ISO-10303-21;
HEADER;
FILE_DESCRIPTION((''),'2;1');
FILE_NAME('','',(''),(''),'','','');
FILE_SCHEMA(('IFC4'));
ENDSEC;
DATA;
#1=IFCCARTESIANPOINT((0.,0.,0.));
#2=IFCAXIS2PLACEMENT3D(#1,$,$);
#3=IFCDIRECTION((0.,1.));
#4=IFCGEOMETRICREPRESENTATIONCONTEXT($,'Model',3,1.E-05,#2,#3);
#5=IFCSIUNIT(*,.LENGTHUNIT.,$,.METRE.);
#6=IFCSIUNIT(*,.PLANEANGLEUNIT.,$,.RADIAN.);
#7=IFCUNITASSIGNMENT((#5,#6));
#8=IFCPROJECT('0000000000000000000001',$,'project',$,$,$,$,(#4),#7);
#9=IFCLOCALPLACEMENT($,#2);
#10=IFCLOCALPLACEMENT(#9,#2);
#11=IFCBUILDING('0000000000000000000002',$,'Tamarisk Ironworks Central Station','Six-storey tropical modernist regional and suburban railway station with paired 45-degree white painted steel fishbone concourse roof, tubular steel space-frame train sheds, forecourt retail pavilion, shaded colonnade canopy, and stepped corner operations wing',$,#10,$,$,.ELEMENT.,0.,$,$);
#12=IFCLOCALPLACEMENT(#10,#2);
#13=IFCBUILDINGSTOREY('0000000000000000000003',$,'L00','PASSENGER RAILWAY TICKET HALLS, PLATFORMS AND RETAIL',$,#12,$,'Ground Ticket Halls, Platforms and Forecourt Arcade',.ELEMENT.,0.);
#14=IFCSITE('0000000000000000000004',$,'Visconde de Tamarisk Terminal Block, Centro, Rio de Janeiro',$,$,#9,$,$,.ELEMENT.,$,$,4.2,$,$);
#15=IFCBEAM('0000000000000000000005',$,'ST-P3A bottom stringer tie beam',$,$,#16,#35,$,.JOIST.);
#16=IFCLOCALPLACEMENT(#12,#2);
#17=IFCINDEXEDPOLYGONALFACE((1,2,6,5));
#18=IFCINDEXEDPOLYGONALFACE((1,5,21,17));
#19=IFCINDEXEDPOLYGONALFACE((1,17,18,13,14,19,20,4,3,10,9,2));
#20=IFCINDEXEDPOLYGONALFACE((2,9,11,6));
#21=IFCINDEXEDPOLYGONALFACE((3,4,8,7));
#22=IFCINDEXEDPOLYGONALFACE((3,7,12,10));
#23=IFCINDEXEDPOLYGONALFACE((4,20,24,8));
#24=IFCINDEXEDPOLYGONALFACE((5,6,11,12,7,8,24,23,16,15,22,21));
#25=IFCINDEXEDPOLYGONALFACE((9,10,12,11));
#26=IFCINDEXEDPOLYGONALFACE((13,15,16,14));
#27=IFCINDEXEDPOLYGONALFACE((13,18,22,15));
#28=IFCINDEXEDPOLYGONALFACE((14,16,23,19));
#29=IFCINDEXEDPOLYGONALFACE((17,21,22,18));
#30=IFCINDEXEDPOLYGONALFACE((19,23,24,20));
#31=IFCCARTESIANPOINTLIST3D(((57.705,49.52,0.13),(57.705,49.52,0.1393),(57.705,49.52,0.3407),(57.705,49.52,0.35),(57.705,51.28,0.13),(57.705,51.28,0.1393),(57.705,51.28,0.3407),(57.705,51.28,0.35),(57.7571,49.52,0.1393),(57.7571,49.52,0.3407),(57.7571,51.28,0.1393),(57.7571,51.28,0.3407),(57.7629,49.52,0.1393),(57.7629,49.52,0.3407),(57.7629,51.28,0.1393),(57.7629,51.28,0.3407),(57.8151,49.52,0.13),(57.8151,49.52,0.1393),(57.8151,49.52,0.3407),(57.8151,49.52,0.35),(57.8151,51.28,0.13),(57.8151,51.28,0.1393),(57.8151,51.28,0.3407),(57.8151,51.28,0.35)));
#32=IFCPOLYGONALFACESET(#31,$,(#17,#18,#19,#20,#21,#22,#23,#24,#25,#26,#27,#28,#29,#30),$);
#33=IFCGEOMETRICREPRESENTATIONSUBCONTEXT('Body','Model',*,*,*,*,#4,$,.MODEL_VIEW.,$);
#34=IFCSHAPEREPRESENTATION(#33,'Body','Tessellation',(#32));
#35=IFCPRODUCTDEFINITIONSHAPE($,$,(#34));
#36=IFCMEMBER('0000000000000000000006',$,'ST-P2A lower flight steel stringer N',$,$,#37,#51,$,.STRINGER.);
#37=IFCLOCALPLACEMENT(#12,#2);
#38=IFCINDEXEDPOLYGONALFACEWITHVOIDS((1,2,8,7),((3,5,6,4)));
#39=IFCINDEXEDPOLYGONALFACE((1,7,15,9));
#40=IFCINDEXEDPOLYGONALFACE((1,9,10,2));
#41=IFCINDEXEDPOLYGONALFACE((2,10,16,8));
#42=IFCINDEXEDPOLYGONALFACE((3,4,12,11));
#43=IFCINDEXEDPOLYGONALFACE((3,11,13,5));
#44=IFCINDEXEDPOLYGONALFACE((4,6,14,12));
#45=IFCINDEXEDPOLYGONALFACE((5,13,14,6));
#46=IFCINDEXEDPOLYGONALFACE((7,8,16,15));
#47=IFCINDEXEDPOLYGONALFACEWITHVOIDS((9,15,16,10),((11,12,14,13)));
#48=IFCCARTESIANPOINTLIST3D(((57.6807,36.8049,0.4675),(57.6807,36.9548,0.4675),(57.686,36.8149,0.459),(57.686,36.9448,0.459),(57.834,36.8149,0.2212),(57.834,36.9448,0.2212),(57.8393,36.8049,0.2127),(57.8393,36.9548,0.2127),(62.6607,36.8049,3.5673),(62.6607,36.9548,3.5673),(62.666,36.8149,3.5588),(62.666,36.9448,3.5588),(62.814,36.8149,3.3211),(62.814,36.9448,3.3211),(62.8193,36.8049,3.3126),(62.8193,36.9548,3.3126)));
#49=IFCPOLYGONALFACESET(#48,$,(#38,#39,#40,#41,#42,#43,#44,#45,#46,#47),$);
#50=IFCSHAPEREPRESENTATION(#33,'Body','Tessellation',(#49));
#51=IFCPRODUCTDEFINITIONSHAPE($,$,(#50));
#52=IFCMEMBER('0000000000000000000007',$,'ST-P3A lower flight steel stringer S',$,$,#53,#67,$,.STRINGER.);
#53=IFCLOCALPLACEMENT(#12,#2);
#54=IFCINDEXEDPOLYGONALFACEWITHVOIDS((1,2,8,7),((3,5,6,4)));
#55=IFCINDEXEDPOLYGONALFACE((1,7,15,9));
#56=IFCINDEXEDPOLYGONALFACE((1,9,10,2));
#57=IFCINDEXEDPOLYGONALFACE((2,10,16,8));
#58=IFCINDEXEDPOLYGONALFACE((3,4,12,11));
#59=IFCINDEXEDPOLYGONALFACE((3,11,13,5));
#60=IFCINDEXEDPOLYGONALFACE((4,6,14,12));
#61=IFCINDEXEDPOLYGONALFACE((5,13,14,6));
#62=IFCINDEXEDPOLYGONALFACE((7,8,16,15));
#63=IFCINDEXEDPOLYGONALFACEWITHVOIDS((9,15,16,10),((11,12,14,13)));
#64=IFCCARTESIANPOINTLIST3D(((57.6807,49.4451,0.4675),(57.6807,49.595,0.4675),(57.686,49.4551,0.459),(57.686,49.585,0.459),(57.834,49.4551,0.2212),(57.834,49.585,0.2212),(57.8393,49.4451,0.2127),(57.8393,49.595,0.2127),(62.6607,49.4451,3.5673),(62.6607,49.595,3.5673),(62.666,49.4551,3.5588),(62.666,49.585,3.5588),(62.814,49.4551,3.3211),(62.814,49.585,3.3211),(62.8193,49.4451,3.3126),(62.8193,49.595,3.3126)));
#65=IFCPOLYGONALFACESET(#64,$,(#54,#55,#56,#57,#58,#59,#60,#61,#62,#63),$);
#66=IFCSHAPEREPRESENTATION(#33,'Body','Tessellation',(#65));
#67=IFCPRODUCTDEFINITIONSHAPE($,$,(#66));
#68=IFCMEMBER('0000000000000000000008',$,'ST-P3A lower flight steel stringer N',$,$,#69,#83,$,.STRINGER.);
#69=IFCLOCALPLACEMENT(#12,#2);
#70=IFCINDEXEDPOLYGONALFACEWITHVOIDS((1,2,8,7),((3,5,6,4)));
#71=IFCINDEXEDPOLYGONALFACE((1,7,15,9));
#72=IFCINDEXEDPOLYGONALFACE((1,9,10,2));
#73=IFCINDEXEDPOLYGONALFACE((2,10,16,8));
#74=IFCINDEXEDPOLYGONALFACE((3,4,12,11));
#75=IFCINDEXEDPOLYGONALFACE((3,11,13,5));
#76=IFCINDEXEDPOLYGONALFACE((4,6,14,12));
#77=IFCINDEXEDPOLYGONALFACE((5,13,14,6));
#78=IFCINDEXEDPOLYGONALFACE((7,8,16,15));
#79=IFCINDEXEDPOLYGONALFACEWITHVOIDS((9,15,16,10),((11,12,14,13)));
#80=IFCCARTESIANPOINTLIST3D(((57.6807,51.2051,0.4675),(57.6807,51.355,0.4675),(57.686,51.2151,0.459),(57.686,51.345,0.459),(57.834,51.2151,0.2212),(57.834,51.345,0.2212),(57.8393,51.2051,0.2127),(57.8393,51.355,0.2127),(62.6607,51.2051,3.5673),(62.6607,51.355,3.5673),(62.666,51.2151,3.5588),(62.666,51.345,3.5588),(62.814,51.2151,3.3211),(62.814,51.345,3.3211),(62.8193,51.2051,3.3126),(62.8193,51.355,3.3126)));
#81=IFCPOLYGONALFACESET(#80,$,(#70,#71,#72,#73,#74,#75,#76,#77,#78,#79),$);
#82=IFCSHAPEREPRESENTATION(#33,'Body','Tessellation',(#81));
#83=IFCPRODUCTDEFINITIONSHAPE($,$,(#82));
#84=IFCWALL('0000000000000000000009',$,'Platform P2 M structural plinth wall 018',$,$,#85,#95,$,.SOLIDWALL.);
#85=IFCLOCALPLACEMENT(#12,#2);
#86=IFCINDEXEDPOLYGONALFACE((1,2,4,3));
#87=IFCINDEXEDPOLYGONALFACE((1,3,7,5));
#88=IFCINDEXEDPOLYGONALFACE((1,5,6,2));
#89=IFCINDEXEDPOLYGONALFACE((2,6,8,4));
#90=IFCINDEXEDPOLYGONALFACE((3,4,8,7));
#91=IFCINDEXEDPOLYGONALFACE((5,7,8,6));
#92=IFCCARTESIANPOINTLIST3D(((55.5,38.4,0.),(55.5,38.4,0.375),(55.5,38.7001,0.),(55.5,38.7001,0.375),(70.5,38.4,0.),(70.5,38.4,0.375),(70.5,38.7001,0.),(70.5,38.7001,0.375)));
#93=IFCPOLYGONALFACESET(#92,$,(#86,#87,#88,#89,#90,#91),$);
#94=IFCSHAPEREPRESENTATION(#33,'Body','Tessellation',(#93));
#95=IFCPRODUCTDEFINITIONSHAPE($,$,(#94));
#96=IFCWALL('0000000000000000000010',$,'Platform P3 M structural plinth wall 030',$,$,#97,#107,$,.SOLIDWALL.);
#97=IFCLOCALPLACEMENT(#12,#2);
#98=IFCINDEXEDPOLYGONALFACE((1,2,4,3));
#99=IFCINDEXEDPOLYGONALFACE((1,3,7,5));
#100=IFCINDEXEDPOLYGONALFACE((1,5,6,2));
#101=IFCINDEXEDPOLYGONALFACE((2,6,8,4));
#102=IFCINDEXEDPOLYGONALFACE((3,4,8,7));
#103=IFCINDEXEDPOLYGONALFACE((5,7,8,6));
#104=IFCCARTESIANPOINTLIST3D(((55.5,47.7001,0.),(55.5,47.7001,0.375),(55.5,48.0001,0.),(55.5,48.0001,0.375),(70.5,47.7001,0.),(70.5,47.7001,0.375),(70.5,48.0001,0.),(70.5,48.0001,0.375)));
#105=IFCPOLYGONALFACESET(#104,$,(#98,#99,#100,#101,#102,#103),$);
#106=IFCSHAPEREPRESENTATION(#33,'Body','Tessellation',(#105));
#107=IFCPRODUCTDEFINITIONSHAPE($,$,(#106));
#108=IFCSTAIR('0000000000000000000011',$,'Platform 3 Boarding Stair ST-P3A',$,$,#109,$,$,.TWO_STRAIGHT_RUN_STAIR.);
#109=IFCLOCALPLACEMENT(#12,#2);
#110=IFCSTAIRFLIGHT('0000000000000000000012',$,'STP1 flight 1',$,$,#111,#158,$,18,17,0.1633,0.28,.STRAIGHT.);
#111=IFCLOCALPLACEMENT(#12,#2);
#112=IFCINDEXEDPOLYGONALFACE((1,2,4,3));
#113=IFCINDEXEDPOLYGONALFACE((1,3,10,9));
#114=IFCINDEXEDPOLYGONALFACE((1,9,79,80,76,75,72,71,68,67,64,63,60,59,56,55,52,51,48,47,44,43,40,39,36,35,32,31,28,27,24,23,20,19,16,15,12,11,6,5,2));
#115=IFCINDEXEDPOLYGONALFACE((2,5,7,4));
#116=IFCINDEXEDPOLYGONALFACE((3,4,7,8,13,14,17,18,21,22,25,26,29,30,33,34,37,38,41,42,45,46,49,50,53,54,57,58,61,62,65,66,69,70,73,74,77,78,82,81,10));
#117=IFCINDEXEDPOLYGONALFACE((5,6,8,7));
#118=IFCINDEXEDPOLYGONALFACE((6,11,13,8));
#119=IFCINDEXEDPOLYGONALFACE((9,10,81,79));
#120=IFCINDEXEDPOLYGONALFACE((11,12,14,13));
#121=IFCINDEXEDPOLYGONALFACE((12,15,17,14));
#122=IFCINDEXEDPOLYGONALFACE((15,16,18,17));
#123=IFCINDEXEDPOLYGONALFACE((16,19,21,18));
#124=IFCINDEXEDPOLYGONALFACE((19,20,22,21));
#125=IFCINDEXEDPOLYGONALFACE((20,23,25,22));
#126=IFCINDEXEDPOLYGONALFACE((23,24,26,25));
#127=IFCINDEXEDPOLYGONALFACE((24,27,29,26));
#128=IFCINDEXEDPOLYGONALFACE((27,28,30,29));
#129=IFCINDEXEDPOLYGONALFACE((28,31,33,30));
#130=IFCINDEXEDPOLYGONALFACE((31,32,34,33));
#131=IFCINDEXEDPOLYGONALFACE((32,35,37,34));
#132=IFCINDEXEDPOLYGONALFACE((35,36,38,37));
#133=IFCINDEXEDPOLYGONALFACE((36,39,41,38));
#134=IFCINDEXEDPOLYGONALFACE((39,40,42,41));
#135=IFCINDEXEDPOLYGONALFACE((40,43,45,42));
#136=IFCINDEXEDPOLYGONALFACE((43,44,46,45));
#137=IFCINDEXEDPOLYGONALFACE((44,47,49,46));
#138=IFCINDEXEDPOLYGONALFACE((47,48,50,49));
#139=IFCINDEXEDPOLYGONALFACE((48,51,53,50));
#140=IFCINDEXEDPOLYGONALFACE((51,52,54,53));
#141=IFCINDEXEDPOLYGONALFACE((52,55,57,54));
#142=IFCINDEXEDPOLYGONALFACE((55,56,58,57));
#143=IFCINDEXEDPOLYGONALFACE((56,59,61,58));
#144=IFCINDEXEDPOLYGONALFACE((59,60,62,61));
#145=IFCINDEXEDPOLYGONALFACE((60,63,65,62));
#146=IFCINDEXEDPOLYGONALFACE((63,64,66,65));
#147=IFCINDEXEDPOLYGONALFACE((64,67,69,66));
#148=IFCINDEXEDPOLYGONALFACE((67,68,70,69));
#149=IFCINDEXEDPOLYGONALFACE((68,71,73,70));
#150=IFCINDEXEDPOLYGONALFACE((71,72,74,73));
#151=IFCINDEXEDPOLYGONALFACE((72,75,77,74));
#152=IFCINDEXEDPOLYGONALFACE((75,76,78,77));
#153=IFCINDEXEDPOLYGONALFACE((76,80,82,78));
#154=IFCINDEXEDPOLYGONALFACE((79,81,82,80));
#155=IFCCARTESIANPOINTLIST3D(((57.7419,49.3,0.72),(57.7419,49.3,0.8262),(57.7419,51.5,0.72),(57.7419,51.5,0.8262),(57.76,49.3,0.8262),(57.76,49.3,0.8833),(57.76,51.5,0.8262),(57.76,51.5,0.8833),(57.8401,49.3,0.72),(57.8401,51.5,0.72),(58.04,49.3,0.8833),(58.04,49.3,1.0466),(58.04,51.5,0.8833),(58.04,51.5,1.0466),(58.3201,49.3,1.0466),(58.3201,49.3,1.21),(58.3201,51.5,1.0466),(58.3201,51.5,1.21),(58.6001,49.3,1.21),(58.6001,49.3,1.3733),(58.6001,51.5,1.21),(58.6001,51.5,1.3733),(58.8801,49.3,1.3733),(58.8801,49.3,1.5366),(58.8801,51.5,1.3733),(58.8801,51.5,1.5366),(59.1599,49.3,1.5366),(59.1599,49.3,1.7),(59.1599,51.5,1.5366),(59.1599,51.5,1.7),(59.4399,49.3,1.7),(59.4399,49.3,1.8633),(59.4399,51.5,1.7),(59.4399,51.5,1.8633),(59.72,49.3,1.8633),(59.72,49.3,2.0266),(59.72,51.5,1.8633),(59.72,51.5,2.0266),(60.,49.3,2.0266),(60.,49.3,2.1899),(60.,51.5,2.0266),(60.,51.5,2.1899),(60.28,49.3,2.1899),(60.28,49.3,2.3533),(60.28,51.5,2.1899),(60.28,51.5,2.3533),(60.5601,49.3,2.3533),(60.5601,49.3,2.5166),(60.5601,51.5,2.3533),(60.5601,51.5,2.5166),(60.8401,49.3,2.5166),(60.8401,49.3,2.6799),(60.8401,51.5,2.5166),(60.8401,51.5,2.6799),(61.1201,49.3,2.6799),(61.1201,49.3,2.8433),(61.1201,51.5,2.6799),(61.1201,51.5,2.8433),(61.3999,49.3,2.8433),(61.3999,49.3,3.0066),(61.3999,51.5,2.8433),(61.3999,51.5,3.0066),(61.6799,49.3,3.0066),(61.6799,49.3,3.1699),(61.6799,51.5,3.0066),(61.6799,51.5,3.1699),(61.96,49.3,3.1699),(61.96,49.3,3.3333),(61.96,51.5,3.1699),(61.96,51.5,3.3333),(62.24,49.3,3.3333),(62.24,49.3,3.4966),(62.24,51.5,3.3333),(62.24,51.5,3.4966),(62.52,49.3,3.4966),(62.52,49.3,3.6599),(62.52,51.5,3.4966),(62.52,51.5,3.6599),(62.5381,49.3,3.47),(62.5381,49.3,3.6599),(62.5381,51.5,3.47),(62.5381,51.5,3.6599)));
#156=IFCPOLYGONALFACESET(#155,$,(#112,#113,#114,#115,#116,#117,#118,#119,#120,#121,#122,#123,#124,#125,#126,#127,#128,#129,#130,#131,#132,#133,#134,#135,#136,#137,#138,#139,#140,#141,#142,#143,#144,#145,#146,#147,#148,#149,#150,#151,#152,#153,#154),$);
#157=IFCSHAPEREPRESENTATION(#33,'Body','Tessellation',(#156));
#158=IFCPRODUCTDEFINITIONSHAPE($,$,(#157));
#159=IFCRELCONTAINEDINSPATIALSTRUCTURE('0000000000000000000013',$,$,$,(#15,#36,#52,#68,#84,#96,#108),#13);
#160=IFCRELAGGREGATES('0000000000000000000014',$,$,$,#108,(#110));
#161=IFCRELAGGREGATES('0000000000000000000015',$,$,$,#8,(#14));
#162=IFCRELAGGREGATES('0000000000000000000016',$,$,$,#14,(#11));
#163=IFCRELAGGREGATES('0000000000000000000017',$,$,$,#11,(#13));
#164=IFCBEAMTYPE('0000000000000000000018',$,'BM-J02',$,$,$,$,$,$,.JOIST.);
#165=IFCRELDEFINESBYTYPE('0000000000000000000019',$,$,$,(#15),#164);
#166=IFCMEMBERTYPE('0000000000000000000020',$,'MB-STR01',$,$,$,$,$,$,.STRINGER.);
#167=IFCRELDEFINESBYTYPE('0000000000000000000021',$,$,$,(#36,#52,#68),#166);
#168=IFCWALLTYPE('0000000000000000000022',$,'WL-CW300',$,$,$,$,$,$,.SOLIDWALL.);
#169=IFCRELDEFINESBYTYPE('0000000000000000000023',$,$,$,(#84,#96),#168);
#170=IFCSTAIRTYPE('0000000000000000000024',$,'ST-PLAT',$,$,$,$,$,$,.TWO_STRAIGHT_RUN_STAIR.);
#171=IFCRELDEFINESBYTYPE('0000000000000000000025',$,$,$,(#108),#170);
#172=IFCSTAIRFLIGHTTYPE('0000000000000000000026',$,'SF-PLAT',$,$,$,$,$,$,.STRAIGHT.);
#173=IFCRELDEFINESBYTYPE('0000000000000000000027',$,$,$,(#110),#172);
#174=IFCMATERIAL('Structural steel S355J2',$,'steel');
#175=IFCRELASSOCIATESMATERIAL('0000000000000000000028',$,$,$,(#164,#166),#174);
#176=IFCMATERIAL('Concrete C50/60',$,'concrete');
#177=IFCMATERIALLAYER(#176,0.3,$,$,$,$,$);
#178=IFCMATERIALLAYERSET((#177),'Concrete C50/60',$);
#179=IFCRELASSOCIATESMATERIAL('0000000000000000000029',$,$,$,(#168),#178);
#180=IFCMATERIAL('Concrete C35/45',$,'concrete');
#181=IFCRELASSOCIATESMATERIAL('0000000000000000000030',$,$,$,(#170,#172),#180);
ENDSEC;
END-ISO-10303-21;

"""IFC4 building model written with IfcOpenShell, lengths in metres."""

from ifc_helpers import new_model, si_unit, direction, frame, frame_2d, origin, origin_2d, place, context, subcontext, project, spatial, polyline, rectangle, hollow_rectangle, i_section, outline, extrude, material, layer, layer_set, material_profile, profile_set, type_object, element, aggregate, save


model = new_model("IFC4")

# Units and contexts
model_context = context("Model", 3, precision=1e-05, world=origin(), true_north=direction((0.0, 1.0)))
body_context = subcontext(model_context, "Body", "Model", "MODEL_VIEW")
ifc_project = project(units=[si_unit("LENGTHUNIT", "METRE"), si_unit("PLANEANGLEUNIT", "RADIAN")], contexts=[model_context])

# Site, building, storey
site_placement = place(None, origin())
site = spatial("IfcSite", under=ifc_project, at=site_placement, Name="Visconde de Tamarisk Terminal Block, Centro, Rio de Janeiro", CompositionType="ELEMENT", RefElevation=4.2)
building_placement = place(site_placement, origin())
building = spatial("IfcBuilding", under=site, at=building_placement, Name="Tamarisk Ironworks Central Station", Description="Six-storey tropical modernist regional and suburban railway station with paired 45-degree white painted steel fishbone concourse roof, tubular steel space-frame train sheds, forecourt retail pavilion, shaded colonnade canopy, and stepped corner operations wing", CompositionType="ELEMENT", ElevationOfRefHeight=0.0)
storey_placement = place(building_placement, origin())
storey = spatial("IfcBuildingStorey", under=building, at=storey_placement, Name="L00", Description="PASSENGER RAILWAY TICKET HALLS, PLATFORMS AND RETAIL", LongName="Ground Ticket Halls, Platforms and Forecourt Arcade", CompositionType="ELEMENT", Elevation=0.0)

# Shared definitions
ifc_material_1 = material(Name="Structural steel S355J2", Category="steel")

# Beam
ifc_material_profile_1 = material_profile(ifc_material_1, i_section(OverallWidth=0.1101, OverallDepth=0.22, WebThickness=0.0059, FlangeThickness=0.0093, at=origin_2d()), Name="IPE 220")
ifc_profile_set_1 = profile_set([ifc_material_profile_1], Name="Structural steel S355J2")
beam_type = type_object("IfcBeamType", Name="BM-J02", PredefinedType="JOIST", material=ifc_profile_set_1)
beam_1_placement = place(storey_placement, frame((57.76, 49.52, 0.24), z_axis=(0.0, 1.0, 0.0), x_axis=(-1.0, 0.0, 0.0)))
element("IfcBeam", 1, at=beam_1_placement, inside=storey, type_object=beam_type, Name="ST-P3A bottom stringer tie beam", PredefinedType="JOIST", context=body_context, shape_type="SweptSolid", body=[
    extrude(i_section(OverallWidth=0.1101, OverallDepth=0.22, WebThickness=0.0059, FlangeThickness=0.0093, at=origin_2d()), origin(), (0.0, 0.0, 1.0), 1.76),
])

# Members
ifc_material_profile_2 = material_profile(ifc_material_1, hollow_rectangle(XDim=0.1499, YDim=0.3, WallThickness=0.01, at=origin_2d()), Name="RHS 300x150x10")
ifc_profile_set_2 = profile_set([ifc_material_profile_2], Name="Structural steel S355J2")
member_type = type_object("IfcMemberType", Name="MB-STR01", PredefinedType="STRINGER", material=ifc_profile_set_2)
for number, where, z_axis, x_axis, name in (
    (2, (57.76, 36.8799, 0.3401), (0.848965, 0.0, 0.528449), (0.0, 1.0, 0.0), "ST-P2A lower flight steel stringer N"),
    (3, (57.76, 49.52, 0.3401), (0.848965, 0.0, 0.528449), (0.0, 1.0, 0.0), "ST-P3A lower flight steel stringer S"),
    (4, (57.76, 51.28, 0.3401), (0.848965, 0.0, 0.528449), (0.0, 1.0, 0.0), "ST-P3A lower flight steel stringer N"),
):
    element("IfcMember", number, at=place(storey_placement, frame(where, z_axis=z_axis, x_axis=x_axis)), inside=storey, type_object=member_type, Name=name, PredefinedType="STRINGER", context=body_context, shape_type="SweptSolid", body=[
        extrude(hollow_rectangle(XDim=0.1499, YDim=0.3, WallThickness=0.01, at=origin_2d()), origin(), (0.0, 0.0, 1.0), 5.866),
    ])

# Walls
ifc_material_2 = material(Name="Concrete C50/60", Category="concrete")
ifc_layer = layer(ifc_material_2, 0.3)
ifc_layer_set = layer_set([ifc_layer], Name="Concrete C50/60")
wall_type = type_object("IfcWallType", Name="WL-CW300", PredefinedType="SOLIDWALL", material=ifc_layer_set)
for number, where, z_axis, x_axis, name in (
    (5, (55.5, 38.55, 0.0), (0.0, 0.0, 1.0), (1.0, 0.0, 0.0), "Platform P2 M structural plinth wall 018"),
    (6, (55.5, 47.8501, 0.0), (0.0, 0.0, 1.0), (1.0, 0.0, 0.0), "Platform P3 M structural plinth wall 030"),
):
    element("IfcWall", number, at=place(storey_placement, frame(where, z_axis=z_axis, x_axis=x_axis)), inside=storey, type_object=wall_type, Name=name, PredefinedType="SOLIDWALL", context=body_context, shape_type="SweptSolid", body=[
        extrude(rectangle(XDim=15.0, YDim=0.3, at=frame_2d((7.5, 0.0))), origin(), (0.0, 0.0, 1.0), 0.375),
    ])

# Stair, stair flight
ifc_material_3 = material(Name="Concrete C35/45", Category="concrete")
stair_type = type_object("IfcStairType", Name="ST-PLAT", PredefinedType="TWO_STRAIGHT_RUN_STAIR", material=ifc_material_3)
stair_placement = place(storey_placement, origin())
stair = element("IfcStair", 7, at=stair_placement, inside=storey, type_object=stair_type, Name="Platform 3 Boarding Stair ST-P3A", PredefinedType="TWO_STRAIGHT_RUN_STAIR")
stair_flight_type = type_object("IfcStairFlightType", Name="SF-PLAT", PredefinedType="STRAIGHT", material=ifc_material_3)
stair_flight_placement = place(storey_placement, frame((57.76, 50.3999, 0.72), z_axis=(0.0, 0.0, 1.0), x_axis=(1.0, 0.0, 0.0)))
stair_flight = element("IfcStairFlight", 8, at=stair_flight_placement, type_object=stair_flight_type, Name="STP1 flight 1", NumberOfRisers=18, NumberOfTreads=17, PredefinedType="STRAIGHT", RiserHeight=0.1633, TreadLength=0.28, context=body_context, shape_type="SweptSolid", body=[
    extrude(outline(polyline([(-0.0181, 0.0), (-0.0181, 0.1062), (0.0, 0.1062), (0.0, 0.1633), (0.28, 0.1633), (0.28, 0.3267), (0.5601, 0.3267), (0.5601, 0.49), (0.8401, 0.49), (0.8401, 0.6533), (1.1201, 0.6533), (1.1201, 0.8167), (1.3999, 0.8167), (1.3999, 0.98), (1.6799, 0.98), (1.6799, 1.1433), (1.96, 1.1433), (1.96, 1.3066), (2.24, 1.3066), (2.24, 1.47), (2.52, 1.47), (2.52, 1.6333), (2.8, 1.6333), (2.8, 1.7966), (3.0801, 1.7966), (3.0801, 1.96), (3.3601, 1.96), (3.3601, 2.1233), (3.6399, 2.1233), (3.6399, 2.2866), (3.9199, 2.2866), (3.9199, 2.45), (4.2, 2.45), (4.2, 2.6133), (4.48, 2.6133), (4.48, 2.7766), (4.76, 2.7766), (4.76, 2.9399), (4.7781, 2.9399), (4.7781, 2.75), (0.0801, 0.0), (-0.0181, 0.0)])), frame((0.0, 1.1001, 0.0), z_axis=(0.0, -1.0, 0.0), x_axis=(1.0, 0.0, 0.0)), (0.0, 0.0, 1.0), 2.2),
])
aggregate(stair, [stair_flight])

save(model, "model.ifc")
